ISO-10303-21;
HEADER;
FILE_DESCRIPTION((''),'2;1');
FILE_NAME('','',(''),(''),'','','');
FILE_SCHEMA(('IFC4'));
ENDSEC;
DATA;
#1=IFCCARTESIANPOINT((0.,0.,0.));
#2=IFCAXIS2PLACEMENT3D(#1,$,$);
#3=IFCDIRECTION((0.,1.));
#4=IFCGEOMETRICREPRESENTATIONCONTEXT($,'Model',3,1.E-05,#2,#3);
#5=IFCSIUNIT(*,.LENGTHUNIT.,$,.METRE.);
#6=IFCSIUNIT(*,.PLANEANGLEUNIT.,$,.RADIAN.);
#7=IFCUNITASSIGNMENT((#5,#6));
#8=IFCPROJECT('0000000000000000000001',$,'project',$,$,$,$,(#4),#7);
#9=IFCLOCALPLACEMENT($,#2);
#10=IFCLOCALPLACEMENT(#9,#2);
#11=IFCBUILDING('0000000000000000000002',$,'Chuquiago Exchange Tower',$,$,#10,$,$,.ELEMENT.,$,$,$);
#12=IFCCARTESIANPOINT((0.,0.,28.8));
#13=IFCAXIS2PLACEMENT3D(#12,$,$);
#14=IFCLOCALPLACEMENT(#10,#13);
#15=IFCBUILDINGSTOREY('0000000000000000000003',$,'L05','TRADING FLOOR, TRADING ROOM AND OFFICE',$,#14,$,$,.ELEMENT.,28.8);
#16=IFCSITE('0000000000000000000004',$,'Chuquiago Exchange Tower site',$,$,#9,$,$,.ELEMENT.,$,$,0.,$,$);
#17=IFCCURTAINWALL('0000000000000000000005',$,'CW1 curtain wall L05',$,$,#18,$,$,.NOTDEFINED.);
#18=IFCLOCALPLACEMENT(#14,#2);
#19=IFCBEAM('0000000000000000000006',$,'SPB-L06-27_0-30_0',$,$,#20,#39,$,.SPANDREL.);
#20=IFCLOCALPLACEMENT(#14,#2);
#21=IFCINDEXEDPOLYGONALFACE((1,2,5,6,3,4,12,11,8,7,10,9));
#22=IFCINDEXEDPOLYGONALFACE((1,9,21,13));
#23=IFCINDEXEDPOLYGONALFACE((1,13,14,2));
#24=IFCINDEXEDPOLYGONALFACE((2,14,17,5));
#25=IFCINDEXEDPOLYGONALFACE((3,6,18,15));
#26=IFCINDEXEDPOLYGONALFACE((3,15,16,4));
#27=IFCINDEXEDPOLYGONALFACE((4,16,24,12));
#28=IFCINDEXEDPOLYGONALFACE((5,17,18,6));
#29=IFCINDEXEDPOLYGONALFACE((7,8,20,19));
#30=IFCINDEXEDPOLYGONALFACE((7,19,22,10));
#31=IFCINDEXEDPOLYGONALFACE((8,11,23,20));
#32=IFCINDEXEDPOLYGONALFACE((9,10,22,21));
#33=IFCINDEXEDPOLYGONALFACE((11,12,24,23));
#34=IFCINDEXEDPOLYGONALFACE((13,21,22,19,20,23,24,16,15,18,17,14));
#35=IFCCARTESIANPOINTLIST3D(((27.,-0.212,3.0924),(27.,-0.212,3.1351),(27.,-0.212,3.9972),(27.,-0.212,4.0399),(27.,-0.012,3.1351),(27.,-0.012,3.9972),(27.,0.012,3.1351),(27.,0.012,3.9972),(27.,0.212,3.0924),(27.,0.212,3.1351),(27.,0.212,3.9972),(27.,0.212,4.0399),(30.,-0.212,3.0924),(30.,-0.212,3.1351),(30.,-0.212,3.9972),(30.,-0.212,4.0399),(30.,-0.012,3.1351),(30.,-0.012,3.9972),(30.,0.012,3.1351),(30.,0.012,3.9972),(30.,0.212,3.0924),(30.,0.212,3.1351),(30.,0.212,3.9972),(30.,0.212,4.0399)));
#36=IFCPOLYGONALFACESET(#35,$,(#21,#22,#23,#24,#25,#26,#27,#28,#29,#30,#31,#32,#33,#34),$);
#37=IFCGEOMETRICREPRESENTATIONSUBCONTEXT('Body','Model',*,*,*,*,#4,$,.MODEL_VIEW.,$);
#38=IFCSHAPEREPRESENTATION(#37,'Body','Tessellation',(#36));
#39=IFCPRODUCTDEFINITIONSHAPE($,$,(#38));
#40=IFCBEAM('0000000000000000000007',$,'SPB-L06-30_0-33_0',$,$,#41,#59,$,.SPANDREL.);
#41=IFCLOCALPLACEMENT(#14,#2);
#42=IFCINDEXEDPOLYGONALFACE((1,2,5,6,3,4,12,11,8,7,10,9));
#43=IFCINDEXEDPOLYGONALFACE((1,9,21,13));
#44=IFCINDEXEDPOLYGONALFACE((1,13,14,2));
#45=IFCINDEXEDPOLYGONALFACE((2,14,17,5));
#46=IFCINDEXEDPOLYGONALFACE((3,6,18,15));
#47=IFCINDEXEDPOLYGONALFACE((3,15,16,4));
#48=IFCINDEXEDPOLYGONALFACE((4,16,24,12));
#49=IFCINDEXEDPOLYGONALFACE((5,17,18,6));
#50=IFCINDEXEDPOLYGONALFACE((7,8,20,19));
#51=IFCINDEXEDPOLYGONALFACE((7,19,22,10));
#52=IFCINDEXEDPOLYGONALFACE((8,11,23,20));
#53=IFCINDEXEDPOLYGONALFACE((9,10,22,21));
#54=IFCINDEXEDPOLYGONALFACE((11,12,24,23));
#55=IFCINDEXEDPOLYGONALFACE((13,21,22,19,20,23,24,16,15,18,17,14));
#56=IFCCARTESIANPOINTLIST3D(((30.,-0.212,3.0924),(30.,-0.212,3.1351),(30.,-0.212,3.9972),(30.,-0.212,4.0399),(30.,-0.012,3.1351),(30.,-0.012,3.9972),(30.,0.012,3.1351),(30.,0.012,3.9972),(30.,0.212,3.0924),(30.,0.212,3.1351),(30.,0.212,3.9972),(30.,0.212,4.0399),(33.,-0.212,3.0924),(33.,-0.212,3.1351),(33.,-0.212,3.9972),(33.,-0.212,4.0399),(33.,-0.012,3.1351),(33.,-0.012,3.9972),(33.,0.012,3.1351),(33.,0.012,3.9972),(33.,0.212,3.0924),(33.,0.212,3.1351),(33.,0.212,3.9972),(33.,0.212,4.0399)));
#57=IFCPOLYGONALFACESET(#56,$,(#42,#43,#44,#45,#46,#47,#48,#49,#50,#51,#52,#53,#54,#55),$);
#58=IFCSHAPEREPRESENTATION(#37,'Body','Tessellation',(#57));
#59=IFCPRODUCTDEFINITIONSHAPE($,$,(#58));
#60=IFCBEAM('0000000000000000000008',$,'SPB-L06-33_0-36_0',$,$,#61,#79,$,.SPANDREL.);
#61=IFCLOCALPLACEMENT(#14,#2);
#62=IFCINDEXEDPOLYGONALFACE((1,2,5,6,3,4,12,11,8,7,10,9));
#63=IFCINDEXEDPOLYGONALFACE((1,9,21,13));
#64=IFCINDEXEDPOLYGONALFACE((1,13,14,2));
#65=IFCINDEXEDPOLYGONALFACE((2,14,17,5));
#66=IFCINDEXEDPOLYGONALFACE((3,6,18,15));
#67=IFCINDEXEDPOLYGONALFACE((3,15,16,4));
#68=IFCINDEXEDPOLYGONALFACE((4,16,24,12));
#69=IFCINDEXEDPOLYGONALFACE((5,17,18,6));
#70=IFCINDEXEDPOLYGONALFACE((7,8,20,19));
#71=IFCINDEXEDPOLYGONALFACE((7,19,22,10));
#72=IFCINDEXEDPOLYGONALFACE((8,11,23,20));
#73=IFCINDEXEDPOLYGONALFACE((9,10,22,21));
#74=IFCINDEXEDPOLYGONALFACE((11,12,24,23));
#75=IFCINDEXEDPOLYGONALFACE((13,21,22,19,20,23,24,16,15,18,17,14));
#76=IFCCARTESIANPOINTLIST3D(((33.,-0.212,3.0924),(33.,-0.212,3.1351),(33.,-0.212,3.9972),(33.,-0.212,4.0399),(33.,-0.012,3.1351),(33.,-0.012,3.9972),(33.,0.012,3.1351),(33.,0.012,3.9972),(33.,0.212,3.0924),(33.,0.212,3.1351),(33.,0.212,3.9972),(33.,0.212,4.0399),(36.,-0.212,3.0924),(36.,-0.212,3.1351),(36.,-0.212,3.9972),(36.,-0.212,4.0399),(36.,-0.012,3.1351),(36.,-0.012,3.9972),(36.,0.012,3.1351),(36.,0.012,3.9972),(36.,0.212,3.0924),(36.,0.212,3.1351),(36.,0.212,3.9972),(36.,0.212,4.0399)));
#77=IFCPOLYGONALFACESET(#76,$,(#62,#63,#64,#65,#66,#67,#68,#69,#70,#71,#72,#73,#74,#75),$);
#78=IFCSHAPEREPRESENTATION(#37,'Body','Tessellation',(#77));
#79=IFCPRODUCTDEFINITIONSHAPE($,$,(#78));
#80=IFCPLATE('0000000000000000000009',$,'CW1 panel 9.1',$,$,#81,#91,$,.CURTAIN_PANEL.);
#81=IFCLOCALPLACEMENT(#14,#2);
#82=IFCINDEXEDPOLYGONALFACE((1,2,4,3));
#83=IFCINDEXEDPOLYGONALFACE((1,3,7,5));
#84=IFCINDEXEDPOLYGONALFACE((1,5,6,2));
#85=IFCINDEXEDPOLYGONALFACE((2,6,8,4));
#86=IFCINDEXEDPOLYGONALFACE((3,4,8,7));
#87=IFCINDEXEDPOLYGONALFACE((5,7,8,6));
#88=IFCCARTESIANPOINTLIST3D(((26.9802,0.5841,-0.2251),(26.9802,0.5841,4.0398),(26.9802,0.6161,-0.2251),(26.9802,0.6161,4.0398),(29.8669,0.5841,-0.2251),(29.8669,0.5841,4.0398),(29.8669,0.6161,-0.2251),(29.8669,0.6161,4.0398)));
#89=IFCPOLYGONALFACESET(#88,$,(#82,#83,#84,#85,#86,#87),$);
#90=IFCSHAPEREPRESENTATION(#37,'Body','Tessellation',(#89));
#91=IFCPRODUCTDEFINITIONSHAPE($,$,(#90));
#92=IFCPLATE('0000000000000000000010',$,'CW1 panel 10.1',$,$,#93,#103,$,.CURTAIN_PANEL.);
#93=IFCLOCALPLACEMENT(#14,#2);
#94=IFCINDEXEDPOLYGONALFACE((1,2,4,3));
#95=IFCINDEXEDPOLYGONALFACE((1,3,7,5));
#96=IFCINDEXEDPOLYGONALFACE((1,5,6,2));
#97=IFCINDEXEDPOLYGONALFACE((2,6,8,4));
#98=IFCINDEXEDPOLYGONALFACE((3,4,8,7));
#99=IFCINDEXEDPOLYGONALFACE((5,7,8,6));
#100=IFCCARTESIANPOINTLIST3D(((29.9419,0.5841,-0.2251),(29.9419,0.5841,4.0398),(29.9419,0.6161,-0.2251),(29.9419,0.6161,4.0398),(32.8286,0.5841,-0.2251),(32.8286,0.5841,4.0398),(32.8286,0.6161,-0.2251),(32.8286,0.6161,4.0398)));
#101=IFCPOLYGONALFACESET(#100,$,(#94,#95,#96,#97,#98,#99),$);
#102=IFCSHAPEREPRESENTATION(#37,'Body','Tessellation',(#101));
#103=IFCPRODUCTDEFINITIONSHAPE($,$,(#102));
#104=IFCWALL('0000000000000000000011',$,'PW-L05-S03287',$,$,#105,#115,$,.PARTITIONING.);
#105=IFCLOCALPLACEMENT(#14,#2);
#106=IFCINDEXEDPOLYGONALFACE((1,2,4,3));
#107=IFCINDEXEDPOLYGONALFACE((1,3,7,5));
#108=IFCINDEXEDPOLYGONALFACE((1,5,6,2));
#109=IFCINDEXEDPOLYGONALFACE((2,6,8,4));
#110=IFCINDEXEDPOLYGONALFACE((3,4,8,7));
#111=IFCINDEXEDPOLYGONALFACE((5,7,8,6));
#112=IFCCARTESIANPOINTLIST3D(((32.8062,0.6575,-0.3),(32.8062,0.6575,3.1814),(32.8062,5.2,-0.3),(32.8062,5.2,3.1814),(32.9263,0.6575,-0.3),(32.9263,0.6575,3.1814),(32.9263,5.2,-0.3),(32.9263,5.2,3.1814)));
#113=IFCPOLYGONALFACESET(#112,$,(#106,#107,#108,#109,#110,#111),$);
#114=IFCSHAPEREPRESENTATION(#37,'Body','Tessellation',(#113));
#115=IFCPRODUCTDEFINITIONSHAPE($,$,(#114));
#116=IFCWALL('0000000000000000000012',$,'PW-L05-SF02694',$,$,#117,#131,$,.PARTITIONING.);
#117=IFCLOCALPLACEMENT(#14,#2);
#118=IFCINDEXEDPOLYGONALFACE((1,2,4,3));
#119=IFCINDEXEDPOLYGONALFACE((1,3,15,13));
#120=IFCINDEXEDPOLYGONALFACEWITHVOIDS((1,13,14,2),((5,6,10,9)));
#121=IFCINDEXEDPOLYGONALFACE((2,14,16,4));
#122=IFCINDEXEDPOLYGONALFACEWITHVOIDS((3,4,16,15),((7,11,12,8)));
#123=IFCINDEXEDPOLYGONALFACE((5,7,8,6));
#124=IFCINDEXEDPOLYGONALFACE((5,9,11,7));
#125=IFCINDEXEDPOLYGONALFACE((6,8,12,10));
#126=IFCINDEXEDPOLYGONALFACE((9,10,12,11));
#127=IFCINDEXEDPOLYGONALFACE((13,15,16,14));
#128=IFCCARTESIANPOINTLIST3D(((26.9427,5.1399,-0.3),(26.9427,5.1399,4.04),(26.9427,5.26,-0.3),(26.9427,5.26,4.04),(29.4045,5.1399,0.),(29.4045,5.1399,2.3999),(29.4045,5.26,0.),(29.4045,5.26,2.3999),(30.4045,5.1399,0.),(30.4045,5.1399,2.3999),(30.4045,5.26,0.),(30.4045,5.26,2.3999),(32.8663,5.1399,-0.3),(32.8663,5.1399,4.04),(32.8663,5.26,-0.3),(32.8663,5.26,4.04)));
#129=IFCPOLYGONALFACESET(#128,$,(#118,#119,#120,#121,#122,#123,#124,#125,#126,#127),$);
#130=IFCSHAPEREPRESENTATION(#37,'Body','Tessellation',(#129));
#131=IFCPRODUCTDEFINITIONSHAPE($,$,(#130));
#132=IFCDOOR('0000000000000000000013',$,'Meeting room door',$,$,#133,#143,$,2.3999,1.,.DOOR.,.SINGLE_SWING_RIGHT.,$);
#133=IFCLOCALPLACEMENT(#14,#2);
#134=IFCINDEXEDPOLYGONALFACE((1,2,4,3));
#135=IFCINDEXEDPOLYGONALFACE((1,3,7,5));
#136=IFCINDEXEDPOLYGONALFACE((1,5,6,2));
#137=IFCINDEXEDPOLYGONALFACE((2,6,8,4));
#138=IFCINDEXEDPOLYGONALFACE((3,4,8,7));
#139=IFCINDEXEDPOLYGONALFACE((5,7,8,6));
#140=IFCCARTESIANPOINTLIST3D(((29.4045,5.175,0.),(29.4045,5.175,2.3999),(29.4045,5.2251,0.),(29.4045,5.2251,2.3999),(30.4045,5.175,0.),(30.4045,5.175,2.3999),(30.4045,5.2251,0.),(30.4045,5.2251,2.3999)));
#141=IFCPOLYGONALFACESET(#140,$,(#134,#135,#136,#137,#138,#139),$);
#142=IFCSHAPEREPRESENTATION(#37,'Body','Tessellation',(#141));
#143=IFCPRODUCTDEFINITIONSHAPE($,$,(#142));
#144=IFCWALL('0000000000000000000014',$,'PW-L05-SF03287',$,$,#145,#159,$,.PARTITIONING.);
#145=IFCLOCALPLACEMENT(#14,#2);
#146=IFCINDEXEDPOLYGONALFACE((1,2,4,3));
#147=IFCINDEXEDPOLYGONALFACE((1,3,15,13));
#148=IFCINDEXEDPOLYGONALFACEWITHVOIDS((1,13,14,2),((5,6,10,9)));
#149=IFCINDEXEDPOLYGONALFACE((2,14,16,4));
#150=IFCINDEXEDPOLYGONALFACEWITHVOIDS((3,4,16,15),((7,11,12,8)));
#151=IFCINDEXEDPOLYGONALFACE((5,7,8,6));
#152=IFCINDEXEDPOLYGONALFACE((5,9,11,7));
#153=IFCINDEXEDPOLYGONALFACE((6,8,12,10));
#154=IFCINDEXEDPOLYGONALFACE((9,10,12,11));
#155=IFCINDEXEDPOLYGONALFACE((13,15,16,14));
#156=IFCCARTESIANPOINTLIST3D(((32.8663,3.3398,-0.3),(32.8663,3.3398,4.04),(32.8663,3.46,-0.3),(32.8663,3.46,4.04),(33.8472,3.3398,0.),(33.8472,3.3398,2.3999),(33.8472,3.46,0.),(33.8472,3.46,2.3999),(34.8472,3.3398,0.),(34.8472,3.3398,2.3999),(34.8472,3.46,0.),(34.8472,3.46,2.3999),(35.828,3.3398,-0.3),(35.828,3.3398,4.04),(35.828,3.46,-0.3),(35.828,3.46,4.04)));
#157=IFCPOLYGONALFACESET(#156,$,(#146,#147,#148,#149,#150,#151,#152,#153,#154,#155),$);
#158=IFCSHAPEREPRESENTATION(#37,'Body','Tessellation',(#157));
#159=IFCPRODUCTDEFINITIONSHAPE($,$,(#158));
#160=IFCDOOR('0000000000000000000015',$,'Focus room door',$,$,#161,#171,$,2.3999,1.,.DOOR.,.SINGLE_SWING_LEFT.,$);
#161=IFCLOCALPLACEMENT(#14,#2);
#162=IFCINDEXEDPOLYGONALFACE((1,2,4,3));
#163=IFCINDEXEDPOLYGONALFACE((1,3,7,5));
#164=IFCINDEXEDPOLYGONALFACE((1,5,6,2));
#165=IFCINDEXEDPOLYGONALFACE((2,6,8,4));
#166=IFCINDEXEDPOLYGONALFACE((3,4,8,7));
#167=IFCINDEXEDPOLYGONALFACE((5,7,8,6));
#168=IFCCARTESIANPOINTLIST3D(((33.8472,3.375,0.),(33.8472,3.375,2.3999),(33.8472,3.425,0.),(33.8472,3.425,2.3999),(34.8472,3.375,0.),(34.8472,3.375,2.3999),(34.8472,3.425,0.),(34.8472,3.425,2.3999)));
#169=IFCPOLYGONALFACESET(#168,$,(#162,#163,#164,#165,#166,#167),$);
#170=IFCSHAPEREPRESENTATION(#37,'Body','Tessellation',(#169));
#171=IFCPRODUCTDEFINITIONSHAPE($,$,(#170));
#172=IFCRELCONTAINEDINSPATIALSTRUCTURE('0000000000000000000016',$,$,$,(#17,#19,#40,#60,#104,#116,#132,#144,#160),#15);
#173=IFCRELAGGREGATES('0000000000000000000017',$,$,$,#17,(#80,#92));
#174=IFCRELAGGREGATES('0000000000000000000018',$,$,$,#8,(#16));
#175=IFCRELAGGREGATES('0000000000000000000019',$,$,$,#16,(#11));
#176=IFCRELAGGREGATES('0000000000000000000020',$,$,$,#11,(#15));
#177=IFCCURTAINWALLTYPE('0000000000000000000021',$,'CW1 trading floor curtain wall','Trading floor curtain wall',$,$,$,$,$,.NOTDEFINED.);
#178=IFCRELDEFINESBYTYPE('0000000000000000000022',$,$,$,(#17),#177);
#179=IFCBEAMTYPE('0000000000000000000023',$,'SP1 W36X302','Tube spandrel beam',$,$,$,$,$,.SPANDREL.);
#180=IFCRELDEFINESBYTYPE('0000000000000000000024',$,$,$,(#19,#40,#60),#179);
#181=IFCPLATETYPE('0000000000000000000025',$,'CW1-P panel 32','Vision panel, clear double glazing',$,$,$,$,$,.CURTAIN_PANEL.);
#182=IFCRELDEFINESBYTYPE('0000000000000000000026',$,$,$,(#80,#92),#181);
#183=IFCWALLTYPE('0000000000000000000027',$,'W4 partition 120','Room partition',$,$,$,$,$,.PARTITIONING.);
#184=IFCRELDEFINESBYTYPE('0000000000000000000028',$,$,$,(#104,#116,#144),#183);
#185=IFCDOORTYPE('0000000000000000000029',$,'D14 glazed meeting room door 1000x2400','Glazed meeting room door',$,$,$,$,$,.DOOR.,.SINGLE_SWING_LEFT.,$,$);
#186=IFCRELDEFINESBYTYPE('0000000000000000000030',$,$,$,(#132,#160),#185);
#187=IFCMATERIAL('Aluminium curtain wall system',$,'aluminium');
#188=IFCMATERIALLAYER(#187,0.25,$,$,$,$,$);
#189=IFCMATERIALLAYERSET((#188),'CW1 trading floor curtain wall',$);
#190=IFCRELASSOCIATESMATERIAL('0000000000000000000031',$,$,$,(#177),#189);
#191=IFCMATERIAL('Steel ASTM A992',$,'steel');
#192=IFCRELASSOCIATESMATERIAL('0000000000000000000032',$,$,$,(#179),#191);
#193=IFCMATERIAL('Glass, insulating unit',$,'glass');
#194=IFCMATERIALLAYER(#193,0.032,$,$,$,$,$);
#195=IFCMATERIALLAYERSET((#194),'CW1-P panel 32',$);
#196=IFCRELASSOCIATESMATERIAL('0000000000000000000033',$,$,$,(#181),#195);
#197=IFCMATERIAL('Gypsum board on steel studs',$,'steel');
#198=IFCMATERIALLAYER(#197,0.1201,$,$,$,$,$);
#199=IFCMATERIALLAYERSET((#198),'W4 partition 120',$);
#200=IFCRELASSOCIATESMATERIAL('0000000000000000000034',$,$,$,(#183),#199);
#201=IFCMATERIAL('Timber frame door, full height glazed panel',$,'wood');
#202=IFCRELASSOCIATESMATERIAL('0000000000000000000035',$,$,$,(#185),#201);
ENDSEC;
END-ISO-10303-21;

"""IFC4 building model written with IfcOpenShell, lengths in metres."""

from ifc_helpers import new_model, si_unit, direction, frame, frame_2d, origin, origin_2d, place, context, subcontext, project, spatial, rectangle, i_section, extrude, material, layer, layer_set, material_profile, profile_set, type_object, element, fill, aggregate, save


model = new_model("IFC4")

# Units and contexts
model_context = context("Model", 3, precision=1e-05, world=origin(), true_north=direction((0.0, 1.0)))
body_context = subcontext(model_context, "Body", "Model", "MODEL_VIEW")
ifc_project = project(units=[si_unit("LENGTHUNIT", "METRE"), si_unit("PLANEANGLEUNIT", "RADIAN")], contexts=[model_context])

# Site, building, storey
site_placement = place(None, origin())
site = spatial("IfcSite", under=ifc_project, at=site_placement, Name="Chuquiago Exchange Tower site", CompositionType="ELEMENT", RefElevation=0.0)
building_placement = place(site_placement, origin())
building = spatial("IfcBuilding", under=site, at=building_placement, Name="Chuquiago Exchange Tower", CompositionType="ELEMENT")
storey_placement = place(building_placement, frame((0.0, 0.0, 28.8)))
storey = spatial("IfcBuildingStorey", under=building, at=storey_placement, Name="L05", Description="TRADING FLOOR, TRADING ROOM AND OFFICE", CompositionType="ELEMENT", Elevation=28.8)

# Curtain wall
ifc_material_1 = material(Name="Aluminium curtain wall system", Category="aluminium")
ifc_layer_1 = layer(ifc_material_1, 0.25)
ifc_layer_set_1 = layer_set([ifc_layer_1], Name="CW1 trading floor curtain wall")
curtain_wall_type = type_object("IfcCurtainWallType", Name="CW1 trading floor curtain wall", Description="Trading floor curtain wall", PredefinedType="NOTDEFINED", material=ifc_layer_set_1)
curtain_wall_placement = place(storey_placement, origin())
curtain_wall = element("IfcCurtainWall", 1, at=curtain_wall_placement, inside=storey, type_object=curtain_wall_type, Name="CW1 curtain wall L05", PredefinedType="NOTDEFINED")

# Beams
ifc_material_2 = material(Name="Steel ASTM A992", Category="steel")
ifc_material_profile_1 = material_profile(ifc_material_2, i_section(OverallWidth=0.4241, OverallDepth=0.9475, WebThickness=0.0239, FlangeThickness=0.0427, at=origin_2d()), Name="W36X302")
ifc_profile_set_1 = profile_set([ifc_material_profile_1], Name="Steel ASTM A992")
beam_type_1 = type_object("IfcBeamType", Name="SP1 W36X302", Description="Tube spandrel beam", PredefinedType="SPANDREL", material=ifc_profile_set_1)
for number, where, z_axis, x_axis, name in (
    (2, (27.0, 0.0, 3.5662), (1.0, 0.0, 0.0), (0.0, 1.0, 0.0), "SPB-L06-27_0-30_0"),
    (3, (30.0, 0.0, 3.5662), (1.0, 0.0, 0.0), (0.0, 1.0, 0.0), "SPB-L06-30_0-33_0"),
    (4, (33.0, 0.0, 3.5662), (1.0, 0.0, 0.0), (0.0, 1.0, 0.0), "SPB-L06-33_0-36_0"),
):
    element("IfcBeam", number, at=place(storey_placement, frame(where, z_axis=z_axis, x_axis=x_axis)), inside=storey, type_object=beam_type_1, Name=name, PredefinedType="SPANDREL", context=body_context, shape_type="SweptSolid", body=[
        extrude(i_section(OverallWidth=0.4241, OverallDepth=0.9475, WebThickness=0.0239, FlangeThickness=0.0427, at=origin_2d()), origin(), (0.0, 0.0, 1.0), 3.0),
    ])

# Plates
ifc_material_3 = material(Name="Glass, insulating unit", Category="glass")
ifc_layer_2 = layer(ifc_material_3, 0.032)
ifc_layer_set_2 = layer_set([ifc_layer_2], Name="CW1-P panel 32")
plate_type = type_object("IfcPlateType", Name="CW1-P panel 32", Description="Vision panel, clear double glazing", PredefinedType="CURTAIN_PANEL", material=ifc_layer_set_2)
plate_1_placement = place(storey_placement, frame((28.4236, 0.6001, -0.2251), z_axis=(0.0, 0.0, 1.0), x_axis=(1.0, 0.0, 0.0)))
plate_1 = element("IfcPlate", 5, at=plate_1_placement, type_object=plate_type, Name="CW1 panel 9.1", PredefinedType="CURTAIN_PANEL", context=body_context, shape_type="SweptSolid", body=[
    extrude(rectangle(XDim=2.8867, YDim=0.032, at=origin_2d()), origin(), (0.0, 0.0, 1.0), 4.2649),
])
plate_2_placement = place(storey_placement, frame((31.3853, 0.6001, -0.2251), z_axis=(0.0, 0.0, 1.0), x_axis=(1.0, 0.0, 0.0)))
plate_2 = element("IfcPlate", 6, at=plate_2_placement, type_object=plate_type, Name="CW1 panel 10.1", PredefinedType="CURTAIN_PANEL", context=body_context, shape_type="SweptSolid", body=[
    extrude(rectangle(XDim=2.8867, YDim=0.032, at=origin_2d()), origin(), (0.0, 0.0, 1.0), 4.2649),
])
aggregate(curtain_wall, [plate_1, plate_2])

# Wall
ifc_material_4 = material(Name="Gypsum board on steel studs", Category="steel")
ifc_layer_3 = layer(ifc_material_4, 0.1201)
ifc_layer_set_3 = layer_set([ifc_layer_3], Name="W4 partition 120")
wall_type = type_object("IfcWallType", Name="W4 partition 120", Description="Room partition", PredefinedType="PARTITIONING", material=ifc_layer_set_3)
wall_1_placement = place(storey_placement, frame((32.8662, 0.6575, -0.3), z_axis=(0.0, 0.0, 1.0), x_axis=(0.0, 1.0, 0.0)))
element("IfcWall", 7, at=wall_1_placement, inside=storey, type_object=wall_type, Name="PW-L05-S03287", PredefinedType="PARTITIONING", context=body_context, shape_type="SweptSolid", body=[
    extrude(rectangle(XDim=4.5425, YDim=0.1201, at=frame_2d((2.2712, 0.0))), origin(), (0.0, 0.0, 1.0), 3.4814),
])

# Walls, openings, doors
wall_2_placement = place(storey_placement, frame((26.9426, 5.2, -0.3), z_axis=(0.0, 0.0, 1.0), x_axis=(1.0, 0.0, 0.0)))
wall_2 = element("IfcWall", 8, at=wall_2_placement, inside=storey, type_object=wall_type, Name="PW-L05-SF02694", PredefinedType="PARTITIONING", context=body_context, shape_type="SweptSolid", body=[
    extrude(rectangle(XDim=5.9236, YDim=0.1201, at=frame_2d((2.9619, 0.0))), origin(), (0.0, 0.0, 1.0), 4.3401),
])
opening_1_placement = place(wall_2_placement, frame((2.4619, 0.0, 0.3)))
opening_1 = element("IfcOpeningElement", 9, at=opening_1_placement, cuts=wall_2, PredefinedType="OPENING", context=body_context, shape_type="SweptSolid", body=[
    extrude(rectangle(XDim=1.0, YDim=2.3999, at=frame_2d((0.5, 1.2))), frame((0.0, 0.0701, 0.0), z_axis=(0.0, -1.0, 0.0), x_axis=(1.0, 0.0, 0.0)), (0.0, 0.0, 1.0), 0.1401),
])
ifc_material_5 = material(Name="Timber frame door, full height glazed panel", Category="wood")
door_type = type_object("IfcDoorType", Name="D14 glazed meeting room door 1000x2400", Description="Glazed meeting room door", OperationType="SINGLE_SWING_LEFT", PredefinedType="DOOR", material=ifc_material_5)
door_1_placement = place(opening_1_placement, frame((1.0, 0.0, 0.0), z_axis=(0.0, 0.0, 1.0), x_axis=(-1.0, 0.0, 0.0)))
door_1 = element("IfcDoor", 10, at=door_1_placement, inside=storey, type_object=door_type, Name="Meeting room door", OperationType="SINGLE_SWING_RIGHT", OverallHeight=2.3999, OverallWidth=1.0, PredefinedType="DOOR", context=body_context, shape_type="SweptSolid", body=[
    extrude(rectangle(XDim=1.0, YDim=2.3999, at=frame_2d((0.5, 1.2))), frame((0.0, 0.0249, 0.0), z_axis=(0.0, -1.0, 0.0), x_axis=(1.0, 0.0, 0.0)), (0.0, 0.0, 1.0), 0.05),
])
fill(opening_1, door_1)
wall_3_placement = place(storey_placement, frame((32.8662, 3.3999, -0.3), z_axis=(0.0, 0.0, 1.0), x_axis=(1.0, 0.0, 0.0)))
wall_3 = element("IfcWall", 11, at=wall_3_placement, inside=storey, type_object=wall_type, Name="PW-L05-SF03287", PredefinedType="PARTITIONING", context=body_context, shape_type="SweptSolid", body=[
    extrude(rectangle(XDim=2.9617, YDim=0.1201, at=frame_2d((1.481, 0.0))), origin(), (0.0, 0.0, 1.0), 4.3401),
])
opening_2_placement = place(wall_3_placement, frame((0.981, 0.0, 0.3)))
opening_2 = element("IfcOpeningElement", 12, at=opening_2_placement, cuts=wall_3, PredefinedType="OPENING", context=body_context, shape_type="SweptSolid", body=[
    extrude(rectangle(XDim=1.0, YDim=2.3999, at=frame_2d((0.5, 1.2))), frame((0.0, 0.0701, 0.0), z_axis=(0.0, -1.0, 0.0), x_axis=(1.0, 0.0, 0.0)), (0.0, 0.0, 1.0), 0.1401),
])
door_2_placement = place(opening_2_placement, frame((1.0, 0.0, 0.0), z_axis=(0.0, 0.0, 1.0), x_axis=(-1.0, 0.0, 0.0)))
door_2 = element("IfcDoor", 13, at=door_2_placement, inside=storey, type_object=door_type, Name="Focus room door", OperationType="SINGLE_SWING_LEFT", OverallHeight=2.3999, OverallWidth=1.0, PredefinedType="DOOR", context=body_context, shape_type="SweptSolid", body=[
    extrude(rectangle(XDim=1.0, YDim=2.3999, at=frame_2d((0.5, 1.2))), frame((0.0, 0.0249, 0.0), z_axis=(0.0, -1.0, 0.0), x_axis=(1.0, 0.0, 0.0)), (0.0, 0.0, 1.0), 0.05),
])
fill(opening_2, door_2)

save(model, "model.ifc")
